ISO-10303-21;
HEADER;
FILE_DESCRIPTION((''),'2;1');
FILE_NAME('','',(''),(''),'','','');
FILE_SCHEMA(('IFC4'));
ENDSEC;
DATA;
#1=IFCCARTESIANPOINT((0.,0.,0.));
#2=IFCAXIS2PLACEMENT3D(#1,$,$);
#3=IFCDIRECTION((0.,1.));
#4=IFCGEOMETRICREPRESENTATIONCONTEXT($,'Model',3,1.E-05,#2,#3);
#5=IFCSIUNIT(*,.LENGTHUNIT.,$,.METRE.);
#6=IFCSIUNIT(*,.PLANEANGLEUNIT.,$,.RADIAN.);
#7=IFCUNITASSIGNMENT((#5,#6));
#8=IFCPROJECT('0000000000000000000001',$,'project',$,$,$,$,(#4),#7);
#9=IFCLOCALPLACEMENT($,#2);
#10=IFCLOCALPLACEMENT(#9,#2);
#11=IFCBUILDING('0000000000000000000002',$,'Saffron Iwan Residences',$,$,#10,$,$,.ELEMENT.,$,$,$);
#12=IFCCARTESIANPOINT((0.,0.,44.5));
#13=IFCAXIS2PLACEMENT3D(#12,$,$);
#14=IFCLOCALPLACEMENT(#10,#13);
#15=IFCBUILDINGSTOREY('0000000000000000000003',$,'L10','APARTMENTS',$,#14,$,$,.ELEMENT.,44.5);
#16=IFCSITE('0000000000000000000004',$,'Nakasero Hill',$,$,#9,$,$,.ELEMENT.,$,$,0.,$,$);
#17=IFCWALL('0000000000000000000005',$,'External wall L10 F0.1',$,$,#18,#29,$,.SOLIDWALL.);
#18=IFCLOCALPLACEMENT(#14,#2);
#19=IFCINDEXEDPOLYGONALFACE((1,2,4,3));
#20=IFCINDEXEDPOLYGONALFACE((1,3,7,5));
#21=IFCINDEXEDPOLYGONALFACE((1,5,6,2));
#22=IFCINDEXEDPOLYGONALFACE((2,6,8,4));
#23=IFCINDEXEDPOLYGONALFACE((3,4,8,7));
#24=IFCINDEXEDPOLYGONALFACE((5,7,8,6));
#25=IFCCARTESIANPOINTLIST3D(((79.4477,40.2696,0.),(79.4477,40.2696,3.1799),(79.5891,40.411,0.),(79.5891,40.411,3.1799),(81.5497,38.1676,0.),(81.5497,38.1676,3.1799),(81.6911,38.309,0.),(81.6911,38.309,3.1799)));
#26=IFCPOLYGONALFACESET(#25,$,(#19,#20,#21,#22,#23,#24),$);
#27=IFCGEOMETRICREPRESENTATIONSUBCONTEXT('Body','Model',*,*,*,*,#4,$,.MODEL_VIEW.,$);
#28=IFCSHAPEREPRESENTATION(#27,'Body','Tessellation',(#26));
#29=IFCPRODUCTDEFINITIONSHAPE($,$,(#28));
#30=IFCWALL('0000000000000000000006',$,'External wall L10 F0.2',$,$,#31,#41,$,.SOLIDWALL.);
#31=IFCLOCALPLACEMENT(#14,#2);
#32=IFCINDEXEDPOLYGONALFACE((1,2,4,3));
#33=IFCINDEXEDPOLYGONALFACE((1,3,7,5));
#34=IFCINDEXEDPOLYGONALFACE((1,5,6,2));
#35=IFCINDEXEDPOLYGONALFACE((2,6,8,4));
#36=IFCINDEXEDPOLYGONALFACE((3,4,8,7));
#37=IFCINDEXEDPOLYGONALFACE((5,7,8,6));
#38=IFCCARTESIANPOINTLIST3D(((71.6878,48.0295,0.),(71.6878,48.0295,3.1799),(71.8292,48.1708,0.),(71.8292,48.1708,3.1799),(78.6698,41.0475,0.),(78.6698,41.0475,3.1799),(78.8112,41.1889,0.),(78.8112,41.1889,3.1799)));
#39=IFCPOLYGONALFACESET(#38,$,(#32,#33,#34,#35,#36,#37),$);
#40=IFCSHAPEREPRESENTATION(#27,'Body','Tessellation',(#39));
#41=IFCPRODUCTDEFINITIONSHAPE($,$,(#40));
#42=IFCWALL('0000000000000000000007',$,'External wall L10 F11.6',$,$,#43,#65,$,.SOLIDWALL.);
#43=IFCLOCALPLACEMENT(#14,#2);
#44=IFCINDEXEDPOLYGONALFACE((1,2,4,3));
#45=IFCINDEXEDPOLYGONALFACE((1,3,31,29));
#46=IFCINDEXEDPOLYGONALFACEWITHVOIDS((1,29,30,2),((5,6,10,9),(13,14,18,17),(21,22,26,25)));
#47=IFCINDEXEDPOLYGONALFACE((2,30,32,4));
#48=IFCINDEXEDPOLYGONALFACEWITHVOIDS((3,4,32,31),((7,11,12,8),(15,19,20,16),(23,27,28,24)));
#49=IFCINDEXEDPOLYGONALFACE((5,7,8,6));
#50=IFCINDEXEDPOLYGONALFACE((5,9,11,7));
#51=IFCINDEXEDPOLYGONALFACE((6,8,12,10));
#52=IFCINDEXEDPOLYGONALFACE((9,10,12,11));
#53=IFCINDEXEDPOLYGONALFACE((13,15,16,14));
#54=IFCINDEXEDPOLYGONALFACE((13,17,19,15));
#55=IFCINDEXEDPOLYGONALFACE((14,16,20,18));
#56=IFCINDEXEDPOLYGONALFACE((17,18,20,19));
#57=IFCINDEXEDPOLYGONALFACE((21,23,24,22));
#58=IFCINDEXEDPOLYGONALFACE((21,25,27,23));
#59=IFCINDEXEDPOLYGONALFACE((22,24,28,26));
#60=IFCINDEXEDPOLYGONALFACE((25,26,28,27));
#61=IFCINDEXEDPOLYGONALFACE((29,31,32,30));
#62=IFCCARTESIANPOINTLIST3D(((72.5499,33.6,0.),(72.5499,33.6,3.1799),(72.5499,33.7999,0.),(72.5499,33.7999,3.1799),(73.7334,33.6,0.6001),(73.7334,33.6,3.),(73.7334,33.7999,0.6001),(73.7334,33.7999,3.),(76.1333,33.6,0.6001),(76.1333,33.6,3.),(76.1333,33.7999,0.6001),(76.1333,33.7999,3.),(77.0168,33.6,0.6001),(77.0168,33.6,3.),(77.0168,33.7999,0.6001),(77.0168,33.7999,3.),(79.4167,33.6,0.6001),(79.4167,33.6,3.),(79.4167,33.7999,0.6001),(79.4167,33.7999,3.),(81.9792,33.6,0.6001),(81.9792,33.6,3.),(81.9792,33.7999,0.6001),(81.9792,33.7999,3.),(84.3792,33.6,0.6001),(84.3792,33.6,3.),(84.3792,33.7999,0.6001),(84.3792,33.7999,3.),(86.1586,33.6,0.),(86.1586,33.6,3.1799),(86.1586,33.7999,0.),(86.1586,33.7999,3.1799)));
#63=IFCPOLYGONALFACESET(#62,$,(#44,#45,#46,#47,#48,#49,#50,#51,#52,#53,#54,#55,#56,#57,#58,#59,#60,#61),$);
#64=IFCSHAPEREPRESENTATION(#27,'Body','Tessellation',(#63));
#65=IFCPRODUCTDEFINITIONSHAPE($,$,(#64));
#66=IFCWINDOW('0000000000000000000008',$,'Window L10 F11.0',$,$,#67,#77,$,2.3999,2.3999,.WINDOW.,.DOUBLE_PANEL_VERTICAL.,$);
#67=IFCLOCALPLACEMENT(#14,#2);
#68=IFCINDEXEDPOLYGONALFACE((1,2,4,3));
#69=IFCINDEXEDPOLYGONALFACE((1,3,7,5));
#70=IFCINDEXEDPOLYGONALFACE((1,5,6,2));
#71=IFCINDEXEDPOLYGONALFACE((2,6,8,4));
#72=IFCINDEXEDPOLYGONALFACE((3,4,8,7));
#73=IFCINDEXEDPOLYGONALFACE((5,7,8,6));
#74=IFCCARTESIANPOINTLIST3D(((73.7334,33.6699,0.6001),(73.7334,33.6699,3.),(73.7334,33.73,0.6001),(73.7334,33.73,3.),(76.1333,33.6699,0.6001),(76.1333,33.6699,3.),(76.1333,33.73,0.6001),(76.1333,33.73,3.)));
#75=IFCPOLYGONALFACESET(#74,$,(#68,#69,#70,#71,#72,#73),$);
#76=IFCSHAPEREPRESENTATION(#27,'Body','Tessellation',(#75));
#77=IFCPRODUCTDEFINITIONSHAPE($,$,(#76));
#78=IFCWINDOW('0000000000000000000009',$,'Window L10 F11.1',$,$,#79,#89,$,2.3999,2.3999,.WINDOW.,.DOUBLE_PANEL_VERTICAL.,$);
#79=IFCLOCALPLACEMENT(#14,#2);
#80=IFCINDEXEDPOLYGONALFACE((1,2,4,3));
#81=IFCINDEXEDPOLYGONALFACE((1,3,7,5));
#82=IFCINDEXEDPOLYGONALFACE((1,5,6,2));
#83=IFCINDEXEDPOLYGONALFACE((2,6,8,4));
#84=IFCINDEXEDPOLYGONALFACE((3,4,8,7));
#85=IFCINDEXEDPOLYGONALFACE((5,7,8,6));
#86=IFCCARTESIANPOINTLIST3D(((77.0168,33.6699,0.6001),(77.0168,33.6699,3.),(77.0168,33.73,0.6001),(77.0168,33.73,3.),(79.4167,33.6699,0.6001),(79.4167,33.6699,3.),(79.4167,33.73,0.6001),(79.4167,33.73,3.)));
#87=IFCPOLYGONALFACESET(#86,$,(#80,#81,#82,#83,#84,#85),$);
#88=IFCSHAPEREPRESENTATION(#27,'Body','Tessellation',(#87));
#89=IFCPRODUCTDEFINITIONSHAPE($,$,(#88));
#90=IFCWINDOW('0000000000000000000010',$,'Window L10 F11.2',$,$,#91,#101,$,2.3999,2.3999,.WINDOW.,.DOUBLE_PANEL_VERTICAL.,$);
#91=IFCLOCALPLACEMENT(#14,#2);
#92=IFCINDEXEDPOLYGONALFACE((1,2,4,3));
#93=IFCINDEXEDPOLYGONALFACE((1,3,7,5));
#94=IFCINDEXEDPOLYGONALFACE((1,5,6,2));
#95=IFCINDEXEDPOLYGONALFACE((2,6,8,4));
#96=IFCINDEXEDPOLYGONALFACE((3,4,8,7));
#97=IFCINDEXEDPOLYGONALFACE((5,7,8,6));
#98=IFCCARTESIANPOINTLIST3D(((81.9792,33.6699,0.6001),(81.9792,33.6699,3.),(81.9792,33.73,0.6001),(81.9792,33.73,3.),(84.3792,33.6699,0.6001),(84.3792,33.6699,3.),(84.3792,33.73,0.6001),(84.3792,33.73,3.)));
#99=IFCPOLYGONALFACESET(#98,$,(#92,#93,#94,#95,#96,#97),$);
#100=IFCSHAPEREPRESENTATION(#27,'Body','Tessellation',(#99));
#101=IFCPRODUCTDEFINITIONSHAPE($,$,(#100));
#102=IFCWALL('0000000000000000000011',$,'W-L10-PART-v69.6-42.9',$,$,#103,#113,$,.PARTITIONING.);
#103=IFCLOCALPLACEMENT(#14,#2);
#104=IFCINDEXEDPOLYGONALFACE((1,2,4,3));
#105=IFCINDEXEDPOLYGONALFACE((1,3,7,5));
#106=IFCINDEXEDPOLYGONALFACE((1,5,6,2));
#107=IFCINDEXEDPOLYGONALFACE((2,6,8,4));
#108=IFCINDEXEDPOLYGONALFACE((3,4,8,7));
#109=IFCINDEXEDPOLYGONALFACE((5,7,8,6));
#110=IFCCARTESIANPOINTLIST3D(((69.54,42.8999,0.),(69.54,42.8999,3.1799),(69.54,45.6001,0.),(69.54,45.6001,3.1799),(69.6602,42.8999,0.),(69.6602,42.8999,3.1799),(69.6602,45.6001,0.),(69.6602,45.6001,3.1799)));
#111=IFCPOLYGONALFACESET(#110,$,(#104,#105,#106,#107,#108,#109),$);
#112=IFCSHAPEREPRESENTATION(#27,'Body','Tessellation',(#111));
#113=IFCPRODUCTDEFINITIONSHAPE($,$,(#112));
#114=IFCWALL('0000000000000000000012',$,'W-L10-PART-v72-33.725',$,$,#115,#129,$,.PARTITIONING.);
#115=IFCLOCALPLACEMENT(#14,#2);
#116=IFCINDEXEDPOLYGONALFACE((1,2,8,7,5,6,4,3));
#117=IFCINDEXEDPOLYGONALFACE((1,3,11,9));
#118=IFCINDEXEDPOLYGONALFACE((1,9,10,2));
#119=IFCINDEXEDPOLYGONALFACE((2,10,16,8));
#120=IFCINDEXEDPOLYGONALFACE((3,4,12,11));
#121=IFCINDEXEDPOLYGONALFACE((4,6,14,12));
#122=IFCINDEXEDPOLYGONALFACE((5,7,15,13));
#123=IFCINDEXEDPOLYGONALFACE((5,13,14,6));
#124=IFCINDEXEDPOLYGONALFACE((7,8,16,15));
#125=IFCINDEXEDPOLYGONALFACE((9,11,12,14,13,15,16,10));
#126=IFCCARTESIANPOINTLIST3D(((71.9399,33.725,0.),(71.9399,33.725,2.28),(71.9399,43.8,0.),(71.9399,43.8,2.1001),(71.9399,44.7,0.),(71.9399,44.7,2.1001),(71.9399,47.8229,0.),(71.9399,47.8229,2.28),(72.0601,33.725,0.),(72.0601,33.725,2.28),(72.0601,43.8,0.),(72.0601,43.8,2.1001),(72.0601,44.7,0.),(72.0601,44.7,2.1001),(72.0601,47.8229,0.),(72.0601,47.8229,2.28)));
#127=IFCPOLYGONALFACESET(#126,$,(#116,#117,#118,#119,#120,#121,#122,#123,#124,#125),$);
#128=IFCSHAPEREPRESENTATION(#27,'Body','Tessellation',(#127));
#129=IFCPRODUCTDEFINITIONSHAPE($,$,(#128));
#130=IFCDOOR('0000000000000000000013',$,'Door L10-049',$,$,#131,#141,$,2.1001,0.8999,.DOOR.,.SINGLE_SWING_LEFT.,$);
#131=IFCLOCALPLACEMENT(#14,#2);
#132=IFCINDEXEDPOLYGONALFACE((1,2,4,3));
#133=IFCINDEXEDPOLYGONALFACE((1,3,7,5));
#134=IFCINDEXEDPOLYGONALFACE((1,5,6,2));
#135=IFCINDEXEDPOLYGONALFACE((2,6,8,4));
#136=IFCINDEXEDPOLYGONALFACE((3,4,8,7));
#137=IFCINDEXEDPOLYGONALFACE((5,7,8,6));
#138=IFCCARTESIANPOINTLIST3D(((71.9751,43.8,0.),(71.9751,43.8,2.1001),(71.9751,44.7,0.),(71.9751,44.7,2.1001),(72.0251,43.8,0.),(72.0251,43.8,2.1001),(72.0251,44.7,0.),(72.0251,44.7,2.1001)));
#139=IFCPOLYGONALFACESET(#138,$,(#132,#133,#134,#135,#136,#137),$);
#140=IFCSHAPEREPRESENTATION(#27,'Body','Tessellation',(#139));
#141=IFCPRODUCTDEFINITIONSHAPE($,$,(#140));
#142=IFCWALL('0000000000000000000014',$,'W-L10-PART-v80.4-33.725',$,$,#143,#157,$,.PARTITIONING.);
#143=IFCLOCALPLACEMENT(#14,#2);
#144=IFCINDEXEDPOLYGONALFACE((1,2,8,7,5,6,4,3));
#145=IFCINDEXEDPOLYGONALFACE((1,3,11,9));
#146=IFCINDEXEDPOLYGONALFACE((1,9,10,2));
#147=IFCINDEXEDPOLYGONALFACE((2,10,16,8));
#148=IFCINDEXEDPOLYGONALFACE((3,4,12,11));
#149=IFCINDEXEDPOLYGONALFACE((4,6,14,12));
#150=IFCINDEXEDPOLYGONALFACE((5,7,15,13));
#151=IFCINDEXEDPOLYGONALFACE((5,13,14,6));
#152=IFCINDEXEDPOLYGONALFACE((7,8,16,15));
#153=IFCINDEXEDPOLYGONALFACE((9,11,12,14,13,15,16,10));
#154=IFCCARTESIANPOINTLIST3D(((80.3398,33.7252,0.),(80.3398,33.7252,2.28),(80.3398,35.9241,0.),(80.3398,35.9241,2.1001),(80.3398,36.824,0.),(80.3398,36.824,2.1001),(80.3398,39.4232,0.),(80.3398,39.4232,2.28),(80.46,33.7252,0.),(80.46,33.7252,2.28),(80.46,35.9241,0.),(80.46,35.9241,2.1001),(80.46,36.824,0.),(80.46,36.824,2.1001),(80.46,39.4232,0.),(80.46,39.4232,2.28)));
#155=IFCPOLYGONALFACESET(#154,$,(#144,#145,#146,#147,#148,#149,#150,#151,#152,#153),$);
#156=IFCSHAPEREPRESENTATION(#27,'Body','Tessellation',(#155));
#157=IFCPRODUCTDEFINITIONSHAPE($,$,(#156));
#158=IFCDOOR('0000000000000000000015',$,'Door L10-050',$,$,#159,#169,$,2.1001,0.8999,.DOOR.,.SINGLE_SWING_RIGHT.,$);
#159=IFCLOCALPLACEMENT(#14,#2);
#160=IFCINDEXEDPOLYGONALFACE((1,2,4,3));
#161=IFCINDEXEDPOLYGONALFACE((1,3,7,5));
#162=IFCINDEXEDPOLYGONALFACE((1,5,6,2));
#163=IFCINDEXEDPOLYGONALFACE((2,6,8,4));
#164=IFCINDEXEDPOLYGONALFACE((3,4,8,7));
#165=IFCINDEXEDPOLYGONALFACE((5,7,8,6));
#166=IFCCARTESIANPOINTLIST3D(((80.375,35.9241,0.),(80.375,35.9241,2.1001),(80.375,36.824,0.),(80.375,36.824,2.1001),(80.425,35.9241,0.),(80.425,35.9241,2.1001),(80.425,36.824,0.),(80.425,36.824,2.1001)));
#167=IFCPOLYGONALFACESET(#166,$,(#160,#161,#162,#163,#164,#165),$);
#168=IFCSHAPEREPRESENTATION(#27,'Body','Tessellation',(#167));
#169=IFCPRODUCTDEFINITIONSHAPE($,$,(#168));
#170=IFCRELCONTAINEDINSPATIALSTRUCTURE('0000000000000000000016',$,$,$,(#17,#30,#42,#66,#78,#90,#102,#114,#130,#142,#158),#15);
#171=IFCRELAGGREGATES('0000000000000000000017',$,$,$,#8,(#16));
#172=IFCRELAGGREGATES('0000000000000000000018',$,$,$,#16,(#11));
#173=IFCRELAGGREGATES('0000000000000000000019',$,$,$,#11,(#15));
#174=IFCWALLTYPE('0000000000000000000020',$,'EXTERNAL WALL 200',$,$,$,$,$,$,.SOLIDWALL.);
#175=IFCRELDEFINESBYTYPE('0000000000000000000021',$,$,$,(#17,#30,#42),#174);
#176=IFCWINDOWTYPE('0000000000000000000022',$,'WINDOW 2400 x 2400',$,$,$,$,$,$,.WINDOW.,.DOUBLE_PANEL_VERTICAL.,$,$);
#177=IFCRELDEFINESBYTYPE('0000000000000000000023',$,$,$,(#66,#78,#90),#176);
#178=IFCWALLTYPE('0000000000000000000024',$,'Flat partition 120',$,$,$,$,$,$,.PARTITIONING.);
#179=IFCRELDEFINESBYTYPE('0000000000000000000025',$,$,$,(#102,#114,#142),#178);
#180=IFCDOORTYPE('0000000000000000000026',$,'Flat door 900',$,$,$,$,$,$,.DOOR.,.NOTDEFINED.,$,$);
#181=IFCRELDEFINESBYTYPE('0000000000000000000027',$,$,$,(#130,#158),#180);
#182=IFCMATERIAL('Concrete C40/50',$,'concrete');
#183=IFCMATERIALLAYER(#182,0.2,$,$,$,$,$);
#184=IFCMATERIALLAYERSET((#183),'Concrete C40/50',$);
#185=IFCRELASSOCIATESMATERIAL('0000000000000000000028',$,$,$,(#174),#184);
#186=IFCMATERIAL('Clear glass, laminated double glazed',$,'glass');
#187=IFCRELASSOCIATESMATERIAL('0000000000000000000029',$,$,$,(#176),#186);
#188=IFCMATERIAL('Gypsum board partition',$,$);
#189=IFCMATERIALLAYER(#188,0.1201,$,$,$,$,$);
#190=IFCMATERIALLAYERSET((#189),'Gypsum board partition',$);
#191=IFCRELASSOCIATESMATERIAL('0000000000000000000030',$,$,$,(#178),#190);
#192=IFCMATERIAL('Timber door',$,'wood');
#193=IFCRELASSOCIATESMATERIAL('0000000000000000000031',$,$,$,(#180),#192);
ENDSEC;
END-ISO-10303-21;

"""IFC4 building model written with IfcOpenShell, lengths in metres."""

from ifc_helpers import new_model, si_unit, direction, frame, frame_2d, origin, place, context, subcontext, project, spatial, rectangle, extrude, material, layer, layer_set, type_object, element, fill, save


model = new_model("IFC4")

# Units and contexts
model_context = context("Model", 3, precision=1e-05, world=origin(), true_north=direction((0.0, 1.0)))
body_context = subcontext(model_context, "Body", "Model", "MODEL_VIEW")
ifc_project = project(units=[si_unit("LENGTHUNIT", "METRE"), si_unit("PLANEANGLEUNIT", "RADIAN")], contexts=[model_context])

# Site, building, storey
site_placement = place(None, origin())
site = spatial("IfcSite", under=ifc_project, at=site_placement, Name="Nakasero Hill", CompositionType="ELEMENT", RefElevation=0.0)
building_placement = place(site_placement, origin())
building = spatial("IfcBuilding", under=site, at=building_placement, Name="Saffron Iwan Residences", CompositionType="ELEMENT")
storey_placement = place(building_placement, frame((0.0, 0.0, 44.5)))
storey = spatial("IfcBuildingStorey", under=building, at=storey_placement, Name="L10", Description="APARTMENTS", CompositionType="ELEMENT", Elevation=44.5)

# Walls
ifc_material_1 = material(Name="Concrete C40/50", Category="concrete")
ifc_layer_1 = layer(ifc_material_1, 0.2)
ifc_layer_set_1 = layer_set([ifc_layer_1], Name="Concrete C40/50")
wall_type_1 = type_object("IfcWallType", Name="EXTERNAL WALL 200", PredefinedType="SOLIDWALL", material=ifc_layer_set_1)
wall_1_placement = place(storey_placement, frame((81.6204, 38.2383, 0.0), z_axis=(0.0, 0.0, 1.0), x_axis=(-0.707107, 0.707107, 0.0)))
element("IfcWall", 1, at=wall_1_placement, inside=storey, type_object=wall_type_1, Name="External wall L10 F0.1", PredefinedType="SOLIDWALL", context=body_context, shape_type="SweptSolid", body=[
    extrude(rectangle(XDim=2.9727, YDim=0.2, at=frame_2d((1.4863, 0.0))), origin(), (0.0, 0.0, 1.0), 3.1799),
])
wall_2_placement = place(storey_placement, frame((78.7405, 41.1182, 0.0), z_axis=(0.0, 0.0, 1.0), x_axis=(-0.707107, 0.707107, 0.0)))
element("IfcWall", 2, at=wall_2_placement, inside=storey, type_object=wall_type_1, Name="External wall L10 F0.2", PredefinedType="SOLIDWALL", context=body_context, shape_type="SweptSolid", body=[
    extrude(rectangle(XDim=9.874, YDim=0.2, at=frame_2d((4.937, 0.0))), origin(), (0.0, 0.0, 1.0), 3.1799),
])

# Wall, openings, windows
wall_3_placement = place(storey_placement, frame((72.55, 33.7, 0.0), z_axis=(0.0, 0.0, 1.0), x_axis=(1.0, 0.0, 0.0)))
wall_3 = element("IfcWall", 3, at=wall_3_placement, inside=storey, type_object=wall_type_1, Name="External wall L10 F11.6", PredefinedType="SOLIDWALL", context=body_context, shape_type="SweptSolid", body=[
    extrude(rectangle(XDim=13.6086, YDim=0.2, at=frame_2d((6.8042, 0.0))), origin(), (0.0, 0.0, 1.0), 3.1799),
])
opening_1_placement = place(wall_3_placement, frame((1.1833, 0.0, 0.6001)))
opening_1 = element("IfcOpeningElement", 4, at=opening_1_placement, cuts=wall_3, PredefinedType="OPENING", context=body_context, shape_type="SweptSolid", body=[
    extrude(rectangle(XDim=2.3999, YDim=2.3999, at=frame_2d((1.2, 1.2))), frame((0.0, 0.1099, 0.0), z_axis=(0.0, -1.0, 0.0), x_axis=(1.0, 0.0, 0.0)), (0.0, 0.0, 1.0), 0.22),
])
opening_2_placement = place(wall_3_placement, frame((4.4668, 0.0, 0.6001)))
opening_2 = element("IfcOpeningElement", 5, at=opening_2_placement, cuts=wall_3, PredefinedType="OPENING", context=body_context, shape_type="SweptSolid", body=[
    extrude(rectangle(XDim=2.3999, YDim=2.3999, at=frame_2d((1.2, 1.2))), frame((0.0, 0.1099, 0.0), z_axis=(0.0, -1.0, 0.0), x_axis=(1.0, 0.0, 0.0)), (0.0, 0.0, 1.0), 0.22),
])
opening_3_placement = place(wall_3_placement, frame((9.4292, 0.0, 0.6001)))
opening_3 = element("IfcOpeningElement", 6, at=opening_3_placement, cuts=wall_3, PredefinedType="OPENING", context=body_context, shape_type="SweptSolid", body=[
    extrude(rectangle(XDim=2.3999, YDim=2.3999, at=frame_2d((1.2, 1.2))), frame((0.0, 0.1099, 0.0), z_axis=(0.0, -1.0, 0.0), x_axis=(1.0, 0.0, 0.0)), (0.0, 0.0, 1.0), 0.22),
])
ifc_material_2 = material(Name="Clear glass, laminated double glazed", Category="glass")
window_type = type_object("IfcWindowType", Name="WINDOW 2400 x 2400", PartitioningType="DOUBLE_PANEL_VERTICAL", PredefinedType="WINDOW", material=ifc_material_2)
window_1_placement = place(opening_1_placement, origin())
window_1 = element("IfcWindow", 7, at=window_1_placement, inside=storey, type_object=window_type, Name="Window L10 F11.0", OverallHeight=2.3999, OverallWidth=2.3999, PartitioningType="DOUBLE_PANEL_VERTICAL", PredefinedType="WINDOW", context=body_context, shape_type="SweptSolid", body=[
    extrude(rectangle(XDim=2.3999, YDim=2.3999, at=frame_2d((1.2, 1.2))), frame((0.0, 0.03, 0.0), z_axis=(0.0, -1.0, 0.0), x_axis=(1.0, 0.0, 0.0)), (0.0, 0.0, 1.0), 0.0601),
])
fill(opening_1, window_1)
window_2_placement = place(opening_2_placement, origin())
window_2 = element("IfcWindow", 8, at=window_2_placement, inside=storey, type_object=window_type, Name="Window L10 F11.1", OverallHeight=2.3999, OverallWidth=2.3999, PartitioningType="DOUBLE_PANEL_VERTICAL", PredefinedType="WINDOW", context=body_context, shape_type="SweptSolid", body=[
    extrude(rectangle(XDim=2.3999, YDim=2.3999, at=frame_2d((1.2, 1.2))), frame((0.0, 0.03, 0.0), z_axis=(0.0, -1.0, 0.0), x_axis=(1.0, 0.0, 0.0)), (0.0, 0.0, 1.0), 0.0601),
])
fill(opening_2, window_2)
window_3_placement = place(opening_3_placement, origin())
window_3 = element("IfcWindow", 9, at=window_3_placement, inside=storey, type_object=window_type, Name="Window L10 F11.2", OverallHeight=2.3999, OverallWidth=2.3999, PartitioningType="DOUBLE_PANEL_VERTICAL", PredefinedType="WINDOW", context=body_context, shape_type="SweptSolid", body=[
    extrude(rectangle(XDim=2.3999, YDim=2.3999, at=frame_2d((1.2, 1.2))), frame((0.0, 0.03, 0.0), z_axis=(0.0, -1.0, 0.0), x_axis=(1.0, 0.0, 0.0)), (0.0, 0.0, 1.0), 0.0601),
])
fill(opening_3, window_3)

# Wall
ifc_material_3 = material(Name="Gypsum board partition")
ifc_layer_2 = layer(ifc_material_3, 0.1201)
ifc_layer_set_2 = layer_set([ifc_layer_2], Name="Gypsum board partition")
wall_type_2 = type_object("IfcWallType", Name="Flat partition 120", PredefinedType="PARTITIONING", material=ifc_layer_set_2)
wall_4_placement = place(storey_placement, frame((69.6001, 42.8999, 0.0), z_axis=(0.0, 0.0, 1.0), x_axis=(0.0, 1.0, 0.0)))
element("IfcWall", 10, at=wall_4_placement, inside=storey, type_object=wall_type_2, Name="W-L10-PART-v69.6-42.9", PredefinedType="PARTITIONING", context=body_context, shape_type="SweptSolid", body=[
    extrude(rectangle(XDim=2.7002, YDim=0.1201, at=frame_2d((1.3501, 0.0))), origin(), (0.0, 0.0, 1.0), 3.1799),
])

# Walls, openings, doors
wall_5_placement = place(storey_placement, frame((72.0, 33.7251, 0.0), z_axis=(0.0, 0.0, 1.0), x_axis=(0.0, 1.0, 0.0)))
wall_5 = element("IfcWall", 11, at=wall_5_placement, inside=storey, type_object=wall_type_2, Name="W-L10-PART-v72-33.725", PredefinedType="PARTITIONING", context=body_context, shape_type="SweptSolid", body=[
    extrude(rectangle(XDim=14.0979, YDim=0.1201, at=frame_2d((7.0488, 0.0))), origin(), (0.0, 0.0, 1.0), 2.28),
])
opening_4_placement = place(wall_5_placement, frame((10.075, 0.0, 0.0)))
opening_4 = element("IfcOpeningElement", 12, at=opening_4_placement, cuts=wall_5, PredefinedType="OPENING", context=body_context, shape_type="SweptSolid", body=[
    extrude(rectangle(XDim=0.8999, YDim=2.1001, at=frame_2d((0.45, 1.05))), frame((0.0, 0.0701, 0.0), z_axis=(0.0, -1.0, 0.0), x_axis=(1.0, 0.0, 0.0)), (0.0, 0.0, 1.0), 0.1401),
])
ifc_material_4 = material(Name="Timber door", Category="wood")
door_type_1 = type_object("IfcDoorType", Name="Flat door 900", OperationType="NOTDEFINED", PredefinedType="DOOR", material=ifc_material_4)
door_1_placement = place(opening_4_placement, origin())
door_1 = element("IfcDoor", 13, at=door_1_placement, inside=storey, type_object=door_type_1, Name="Door L10-049", OperationType="SINGLE_SWING_LEFT", OverallHeight=2.1001, OverallWidth=0.8999, PredefinedType="DOOR", context=body_context, shape_type="SweptSolid", body=[
    extrude(rectangle(XDim=0.8999, YDim=2.1001, at=frame_2d((0.45, 1.05))), frame((0.0, 0.0249, 0.0), z_axis=(0.0, -1.0, 0.0), x_axis=(1.0, 0.0, 0.0)), (0.0, 0.0, 1.0), 0.05),
])
fill(opening_4, door_1)
wall_6_placement = place(storey_placement, frame((80.3999, 33.7251, 0.0), z_axis=(0.0, 0.0, 1.0), x_axis=(0.0, 1.0, 0.0)))
wall_6 = element("IfcWall", 14, at=wall_6_placement, inside=storey, type_object=wall_type_2, Name="W-L10-PART-v80.4-33.725", PredefinedType="PARTITIONING", context=body_context, shape_type="SweptSolid", body=[
    extrude(rectangle(XDim=5.698, YDim=0.1201, at=frame_2d((2.8491, 0.0))), origin(), (0.0, 0.0, 1.0), 2.28),
])
opening_5_placement = place(wall_6_placement, frame((2.199, 0.0, 0.0)))
opening_5 = element("IfcOpeningElement", 15, at=opening_5_placement, cuts=wall_6, PredefinedType="OPENING", context=body_context, shape_type="SweptSolid", body=[
    extrude(rectangle(XDim=0.8999, YDim=2.1001, at=frame_2d((0.45, 1.05))), frame((0.0, 0.0701, 0.0), z_axis=(0.0, -1.0, 0.0), x_axis=(1.0, 0.0, 0.0)), (0.0, 0.0, 1.0), 0.1401),
])
door_2_placement = place(opening_5_placement, origin())
door_2 = element("IfcDoor", 16, at=door_2_placement, inside=storey, type_object=door_type_1, Name="Door L10-050", OperationType="SINGLE_SWING_RIGHT", OverallHeight=2.1001, OverallWidth=0.8999, PredefinedType="DOOR", context=body_context, shape_type="SweptSolid", body=[
    extrude(rectangle(XDim=0.8999, YDim=2.1001, at=frame_2d((0.45, 1.05))), frame((0.0, 0.0249, 0.0), z_axis=(0.0, -1.0, 0.0), x_axis=(1.0, 0.0, 0.0)), (0.0, 0.0, 1.0), 0.05),
])
fill(opening_5, door_2)

save(model, "model.ifc")
